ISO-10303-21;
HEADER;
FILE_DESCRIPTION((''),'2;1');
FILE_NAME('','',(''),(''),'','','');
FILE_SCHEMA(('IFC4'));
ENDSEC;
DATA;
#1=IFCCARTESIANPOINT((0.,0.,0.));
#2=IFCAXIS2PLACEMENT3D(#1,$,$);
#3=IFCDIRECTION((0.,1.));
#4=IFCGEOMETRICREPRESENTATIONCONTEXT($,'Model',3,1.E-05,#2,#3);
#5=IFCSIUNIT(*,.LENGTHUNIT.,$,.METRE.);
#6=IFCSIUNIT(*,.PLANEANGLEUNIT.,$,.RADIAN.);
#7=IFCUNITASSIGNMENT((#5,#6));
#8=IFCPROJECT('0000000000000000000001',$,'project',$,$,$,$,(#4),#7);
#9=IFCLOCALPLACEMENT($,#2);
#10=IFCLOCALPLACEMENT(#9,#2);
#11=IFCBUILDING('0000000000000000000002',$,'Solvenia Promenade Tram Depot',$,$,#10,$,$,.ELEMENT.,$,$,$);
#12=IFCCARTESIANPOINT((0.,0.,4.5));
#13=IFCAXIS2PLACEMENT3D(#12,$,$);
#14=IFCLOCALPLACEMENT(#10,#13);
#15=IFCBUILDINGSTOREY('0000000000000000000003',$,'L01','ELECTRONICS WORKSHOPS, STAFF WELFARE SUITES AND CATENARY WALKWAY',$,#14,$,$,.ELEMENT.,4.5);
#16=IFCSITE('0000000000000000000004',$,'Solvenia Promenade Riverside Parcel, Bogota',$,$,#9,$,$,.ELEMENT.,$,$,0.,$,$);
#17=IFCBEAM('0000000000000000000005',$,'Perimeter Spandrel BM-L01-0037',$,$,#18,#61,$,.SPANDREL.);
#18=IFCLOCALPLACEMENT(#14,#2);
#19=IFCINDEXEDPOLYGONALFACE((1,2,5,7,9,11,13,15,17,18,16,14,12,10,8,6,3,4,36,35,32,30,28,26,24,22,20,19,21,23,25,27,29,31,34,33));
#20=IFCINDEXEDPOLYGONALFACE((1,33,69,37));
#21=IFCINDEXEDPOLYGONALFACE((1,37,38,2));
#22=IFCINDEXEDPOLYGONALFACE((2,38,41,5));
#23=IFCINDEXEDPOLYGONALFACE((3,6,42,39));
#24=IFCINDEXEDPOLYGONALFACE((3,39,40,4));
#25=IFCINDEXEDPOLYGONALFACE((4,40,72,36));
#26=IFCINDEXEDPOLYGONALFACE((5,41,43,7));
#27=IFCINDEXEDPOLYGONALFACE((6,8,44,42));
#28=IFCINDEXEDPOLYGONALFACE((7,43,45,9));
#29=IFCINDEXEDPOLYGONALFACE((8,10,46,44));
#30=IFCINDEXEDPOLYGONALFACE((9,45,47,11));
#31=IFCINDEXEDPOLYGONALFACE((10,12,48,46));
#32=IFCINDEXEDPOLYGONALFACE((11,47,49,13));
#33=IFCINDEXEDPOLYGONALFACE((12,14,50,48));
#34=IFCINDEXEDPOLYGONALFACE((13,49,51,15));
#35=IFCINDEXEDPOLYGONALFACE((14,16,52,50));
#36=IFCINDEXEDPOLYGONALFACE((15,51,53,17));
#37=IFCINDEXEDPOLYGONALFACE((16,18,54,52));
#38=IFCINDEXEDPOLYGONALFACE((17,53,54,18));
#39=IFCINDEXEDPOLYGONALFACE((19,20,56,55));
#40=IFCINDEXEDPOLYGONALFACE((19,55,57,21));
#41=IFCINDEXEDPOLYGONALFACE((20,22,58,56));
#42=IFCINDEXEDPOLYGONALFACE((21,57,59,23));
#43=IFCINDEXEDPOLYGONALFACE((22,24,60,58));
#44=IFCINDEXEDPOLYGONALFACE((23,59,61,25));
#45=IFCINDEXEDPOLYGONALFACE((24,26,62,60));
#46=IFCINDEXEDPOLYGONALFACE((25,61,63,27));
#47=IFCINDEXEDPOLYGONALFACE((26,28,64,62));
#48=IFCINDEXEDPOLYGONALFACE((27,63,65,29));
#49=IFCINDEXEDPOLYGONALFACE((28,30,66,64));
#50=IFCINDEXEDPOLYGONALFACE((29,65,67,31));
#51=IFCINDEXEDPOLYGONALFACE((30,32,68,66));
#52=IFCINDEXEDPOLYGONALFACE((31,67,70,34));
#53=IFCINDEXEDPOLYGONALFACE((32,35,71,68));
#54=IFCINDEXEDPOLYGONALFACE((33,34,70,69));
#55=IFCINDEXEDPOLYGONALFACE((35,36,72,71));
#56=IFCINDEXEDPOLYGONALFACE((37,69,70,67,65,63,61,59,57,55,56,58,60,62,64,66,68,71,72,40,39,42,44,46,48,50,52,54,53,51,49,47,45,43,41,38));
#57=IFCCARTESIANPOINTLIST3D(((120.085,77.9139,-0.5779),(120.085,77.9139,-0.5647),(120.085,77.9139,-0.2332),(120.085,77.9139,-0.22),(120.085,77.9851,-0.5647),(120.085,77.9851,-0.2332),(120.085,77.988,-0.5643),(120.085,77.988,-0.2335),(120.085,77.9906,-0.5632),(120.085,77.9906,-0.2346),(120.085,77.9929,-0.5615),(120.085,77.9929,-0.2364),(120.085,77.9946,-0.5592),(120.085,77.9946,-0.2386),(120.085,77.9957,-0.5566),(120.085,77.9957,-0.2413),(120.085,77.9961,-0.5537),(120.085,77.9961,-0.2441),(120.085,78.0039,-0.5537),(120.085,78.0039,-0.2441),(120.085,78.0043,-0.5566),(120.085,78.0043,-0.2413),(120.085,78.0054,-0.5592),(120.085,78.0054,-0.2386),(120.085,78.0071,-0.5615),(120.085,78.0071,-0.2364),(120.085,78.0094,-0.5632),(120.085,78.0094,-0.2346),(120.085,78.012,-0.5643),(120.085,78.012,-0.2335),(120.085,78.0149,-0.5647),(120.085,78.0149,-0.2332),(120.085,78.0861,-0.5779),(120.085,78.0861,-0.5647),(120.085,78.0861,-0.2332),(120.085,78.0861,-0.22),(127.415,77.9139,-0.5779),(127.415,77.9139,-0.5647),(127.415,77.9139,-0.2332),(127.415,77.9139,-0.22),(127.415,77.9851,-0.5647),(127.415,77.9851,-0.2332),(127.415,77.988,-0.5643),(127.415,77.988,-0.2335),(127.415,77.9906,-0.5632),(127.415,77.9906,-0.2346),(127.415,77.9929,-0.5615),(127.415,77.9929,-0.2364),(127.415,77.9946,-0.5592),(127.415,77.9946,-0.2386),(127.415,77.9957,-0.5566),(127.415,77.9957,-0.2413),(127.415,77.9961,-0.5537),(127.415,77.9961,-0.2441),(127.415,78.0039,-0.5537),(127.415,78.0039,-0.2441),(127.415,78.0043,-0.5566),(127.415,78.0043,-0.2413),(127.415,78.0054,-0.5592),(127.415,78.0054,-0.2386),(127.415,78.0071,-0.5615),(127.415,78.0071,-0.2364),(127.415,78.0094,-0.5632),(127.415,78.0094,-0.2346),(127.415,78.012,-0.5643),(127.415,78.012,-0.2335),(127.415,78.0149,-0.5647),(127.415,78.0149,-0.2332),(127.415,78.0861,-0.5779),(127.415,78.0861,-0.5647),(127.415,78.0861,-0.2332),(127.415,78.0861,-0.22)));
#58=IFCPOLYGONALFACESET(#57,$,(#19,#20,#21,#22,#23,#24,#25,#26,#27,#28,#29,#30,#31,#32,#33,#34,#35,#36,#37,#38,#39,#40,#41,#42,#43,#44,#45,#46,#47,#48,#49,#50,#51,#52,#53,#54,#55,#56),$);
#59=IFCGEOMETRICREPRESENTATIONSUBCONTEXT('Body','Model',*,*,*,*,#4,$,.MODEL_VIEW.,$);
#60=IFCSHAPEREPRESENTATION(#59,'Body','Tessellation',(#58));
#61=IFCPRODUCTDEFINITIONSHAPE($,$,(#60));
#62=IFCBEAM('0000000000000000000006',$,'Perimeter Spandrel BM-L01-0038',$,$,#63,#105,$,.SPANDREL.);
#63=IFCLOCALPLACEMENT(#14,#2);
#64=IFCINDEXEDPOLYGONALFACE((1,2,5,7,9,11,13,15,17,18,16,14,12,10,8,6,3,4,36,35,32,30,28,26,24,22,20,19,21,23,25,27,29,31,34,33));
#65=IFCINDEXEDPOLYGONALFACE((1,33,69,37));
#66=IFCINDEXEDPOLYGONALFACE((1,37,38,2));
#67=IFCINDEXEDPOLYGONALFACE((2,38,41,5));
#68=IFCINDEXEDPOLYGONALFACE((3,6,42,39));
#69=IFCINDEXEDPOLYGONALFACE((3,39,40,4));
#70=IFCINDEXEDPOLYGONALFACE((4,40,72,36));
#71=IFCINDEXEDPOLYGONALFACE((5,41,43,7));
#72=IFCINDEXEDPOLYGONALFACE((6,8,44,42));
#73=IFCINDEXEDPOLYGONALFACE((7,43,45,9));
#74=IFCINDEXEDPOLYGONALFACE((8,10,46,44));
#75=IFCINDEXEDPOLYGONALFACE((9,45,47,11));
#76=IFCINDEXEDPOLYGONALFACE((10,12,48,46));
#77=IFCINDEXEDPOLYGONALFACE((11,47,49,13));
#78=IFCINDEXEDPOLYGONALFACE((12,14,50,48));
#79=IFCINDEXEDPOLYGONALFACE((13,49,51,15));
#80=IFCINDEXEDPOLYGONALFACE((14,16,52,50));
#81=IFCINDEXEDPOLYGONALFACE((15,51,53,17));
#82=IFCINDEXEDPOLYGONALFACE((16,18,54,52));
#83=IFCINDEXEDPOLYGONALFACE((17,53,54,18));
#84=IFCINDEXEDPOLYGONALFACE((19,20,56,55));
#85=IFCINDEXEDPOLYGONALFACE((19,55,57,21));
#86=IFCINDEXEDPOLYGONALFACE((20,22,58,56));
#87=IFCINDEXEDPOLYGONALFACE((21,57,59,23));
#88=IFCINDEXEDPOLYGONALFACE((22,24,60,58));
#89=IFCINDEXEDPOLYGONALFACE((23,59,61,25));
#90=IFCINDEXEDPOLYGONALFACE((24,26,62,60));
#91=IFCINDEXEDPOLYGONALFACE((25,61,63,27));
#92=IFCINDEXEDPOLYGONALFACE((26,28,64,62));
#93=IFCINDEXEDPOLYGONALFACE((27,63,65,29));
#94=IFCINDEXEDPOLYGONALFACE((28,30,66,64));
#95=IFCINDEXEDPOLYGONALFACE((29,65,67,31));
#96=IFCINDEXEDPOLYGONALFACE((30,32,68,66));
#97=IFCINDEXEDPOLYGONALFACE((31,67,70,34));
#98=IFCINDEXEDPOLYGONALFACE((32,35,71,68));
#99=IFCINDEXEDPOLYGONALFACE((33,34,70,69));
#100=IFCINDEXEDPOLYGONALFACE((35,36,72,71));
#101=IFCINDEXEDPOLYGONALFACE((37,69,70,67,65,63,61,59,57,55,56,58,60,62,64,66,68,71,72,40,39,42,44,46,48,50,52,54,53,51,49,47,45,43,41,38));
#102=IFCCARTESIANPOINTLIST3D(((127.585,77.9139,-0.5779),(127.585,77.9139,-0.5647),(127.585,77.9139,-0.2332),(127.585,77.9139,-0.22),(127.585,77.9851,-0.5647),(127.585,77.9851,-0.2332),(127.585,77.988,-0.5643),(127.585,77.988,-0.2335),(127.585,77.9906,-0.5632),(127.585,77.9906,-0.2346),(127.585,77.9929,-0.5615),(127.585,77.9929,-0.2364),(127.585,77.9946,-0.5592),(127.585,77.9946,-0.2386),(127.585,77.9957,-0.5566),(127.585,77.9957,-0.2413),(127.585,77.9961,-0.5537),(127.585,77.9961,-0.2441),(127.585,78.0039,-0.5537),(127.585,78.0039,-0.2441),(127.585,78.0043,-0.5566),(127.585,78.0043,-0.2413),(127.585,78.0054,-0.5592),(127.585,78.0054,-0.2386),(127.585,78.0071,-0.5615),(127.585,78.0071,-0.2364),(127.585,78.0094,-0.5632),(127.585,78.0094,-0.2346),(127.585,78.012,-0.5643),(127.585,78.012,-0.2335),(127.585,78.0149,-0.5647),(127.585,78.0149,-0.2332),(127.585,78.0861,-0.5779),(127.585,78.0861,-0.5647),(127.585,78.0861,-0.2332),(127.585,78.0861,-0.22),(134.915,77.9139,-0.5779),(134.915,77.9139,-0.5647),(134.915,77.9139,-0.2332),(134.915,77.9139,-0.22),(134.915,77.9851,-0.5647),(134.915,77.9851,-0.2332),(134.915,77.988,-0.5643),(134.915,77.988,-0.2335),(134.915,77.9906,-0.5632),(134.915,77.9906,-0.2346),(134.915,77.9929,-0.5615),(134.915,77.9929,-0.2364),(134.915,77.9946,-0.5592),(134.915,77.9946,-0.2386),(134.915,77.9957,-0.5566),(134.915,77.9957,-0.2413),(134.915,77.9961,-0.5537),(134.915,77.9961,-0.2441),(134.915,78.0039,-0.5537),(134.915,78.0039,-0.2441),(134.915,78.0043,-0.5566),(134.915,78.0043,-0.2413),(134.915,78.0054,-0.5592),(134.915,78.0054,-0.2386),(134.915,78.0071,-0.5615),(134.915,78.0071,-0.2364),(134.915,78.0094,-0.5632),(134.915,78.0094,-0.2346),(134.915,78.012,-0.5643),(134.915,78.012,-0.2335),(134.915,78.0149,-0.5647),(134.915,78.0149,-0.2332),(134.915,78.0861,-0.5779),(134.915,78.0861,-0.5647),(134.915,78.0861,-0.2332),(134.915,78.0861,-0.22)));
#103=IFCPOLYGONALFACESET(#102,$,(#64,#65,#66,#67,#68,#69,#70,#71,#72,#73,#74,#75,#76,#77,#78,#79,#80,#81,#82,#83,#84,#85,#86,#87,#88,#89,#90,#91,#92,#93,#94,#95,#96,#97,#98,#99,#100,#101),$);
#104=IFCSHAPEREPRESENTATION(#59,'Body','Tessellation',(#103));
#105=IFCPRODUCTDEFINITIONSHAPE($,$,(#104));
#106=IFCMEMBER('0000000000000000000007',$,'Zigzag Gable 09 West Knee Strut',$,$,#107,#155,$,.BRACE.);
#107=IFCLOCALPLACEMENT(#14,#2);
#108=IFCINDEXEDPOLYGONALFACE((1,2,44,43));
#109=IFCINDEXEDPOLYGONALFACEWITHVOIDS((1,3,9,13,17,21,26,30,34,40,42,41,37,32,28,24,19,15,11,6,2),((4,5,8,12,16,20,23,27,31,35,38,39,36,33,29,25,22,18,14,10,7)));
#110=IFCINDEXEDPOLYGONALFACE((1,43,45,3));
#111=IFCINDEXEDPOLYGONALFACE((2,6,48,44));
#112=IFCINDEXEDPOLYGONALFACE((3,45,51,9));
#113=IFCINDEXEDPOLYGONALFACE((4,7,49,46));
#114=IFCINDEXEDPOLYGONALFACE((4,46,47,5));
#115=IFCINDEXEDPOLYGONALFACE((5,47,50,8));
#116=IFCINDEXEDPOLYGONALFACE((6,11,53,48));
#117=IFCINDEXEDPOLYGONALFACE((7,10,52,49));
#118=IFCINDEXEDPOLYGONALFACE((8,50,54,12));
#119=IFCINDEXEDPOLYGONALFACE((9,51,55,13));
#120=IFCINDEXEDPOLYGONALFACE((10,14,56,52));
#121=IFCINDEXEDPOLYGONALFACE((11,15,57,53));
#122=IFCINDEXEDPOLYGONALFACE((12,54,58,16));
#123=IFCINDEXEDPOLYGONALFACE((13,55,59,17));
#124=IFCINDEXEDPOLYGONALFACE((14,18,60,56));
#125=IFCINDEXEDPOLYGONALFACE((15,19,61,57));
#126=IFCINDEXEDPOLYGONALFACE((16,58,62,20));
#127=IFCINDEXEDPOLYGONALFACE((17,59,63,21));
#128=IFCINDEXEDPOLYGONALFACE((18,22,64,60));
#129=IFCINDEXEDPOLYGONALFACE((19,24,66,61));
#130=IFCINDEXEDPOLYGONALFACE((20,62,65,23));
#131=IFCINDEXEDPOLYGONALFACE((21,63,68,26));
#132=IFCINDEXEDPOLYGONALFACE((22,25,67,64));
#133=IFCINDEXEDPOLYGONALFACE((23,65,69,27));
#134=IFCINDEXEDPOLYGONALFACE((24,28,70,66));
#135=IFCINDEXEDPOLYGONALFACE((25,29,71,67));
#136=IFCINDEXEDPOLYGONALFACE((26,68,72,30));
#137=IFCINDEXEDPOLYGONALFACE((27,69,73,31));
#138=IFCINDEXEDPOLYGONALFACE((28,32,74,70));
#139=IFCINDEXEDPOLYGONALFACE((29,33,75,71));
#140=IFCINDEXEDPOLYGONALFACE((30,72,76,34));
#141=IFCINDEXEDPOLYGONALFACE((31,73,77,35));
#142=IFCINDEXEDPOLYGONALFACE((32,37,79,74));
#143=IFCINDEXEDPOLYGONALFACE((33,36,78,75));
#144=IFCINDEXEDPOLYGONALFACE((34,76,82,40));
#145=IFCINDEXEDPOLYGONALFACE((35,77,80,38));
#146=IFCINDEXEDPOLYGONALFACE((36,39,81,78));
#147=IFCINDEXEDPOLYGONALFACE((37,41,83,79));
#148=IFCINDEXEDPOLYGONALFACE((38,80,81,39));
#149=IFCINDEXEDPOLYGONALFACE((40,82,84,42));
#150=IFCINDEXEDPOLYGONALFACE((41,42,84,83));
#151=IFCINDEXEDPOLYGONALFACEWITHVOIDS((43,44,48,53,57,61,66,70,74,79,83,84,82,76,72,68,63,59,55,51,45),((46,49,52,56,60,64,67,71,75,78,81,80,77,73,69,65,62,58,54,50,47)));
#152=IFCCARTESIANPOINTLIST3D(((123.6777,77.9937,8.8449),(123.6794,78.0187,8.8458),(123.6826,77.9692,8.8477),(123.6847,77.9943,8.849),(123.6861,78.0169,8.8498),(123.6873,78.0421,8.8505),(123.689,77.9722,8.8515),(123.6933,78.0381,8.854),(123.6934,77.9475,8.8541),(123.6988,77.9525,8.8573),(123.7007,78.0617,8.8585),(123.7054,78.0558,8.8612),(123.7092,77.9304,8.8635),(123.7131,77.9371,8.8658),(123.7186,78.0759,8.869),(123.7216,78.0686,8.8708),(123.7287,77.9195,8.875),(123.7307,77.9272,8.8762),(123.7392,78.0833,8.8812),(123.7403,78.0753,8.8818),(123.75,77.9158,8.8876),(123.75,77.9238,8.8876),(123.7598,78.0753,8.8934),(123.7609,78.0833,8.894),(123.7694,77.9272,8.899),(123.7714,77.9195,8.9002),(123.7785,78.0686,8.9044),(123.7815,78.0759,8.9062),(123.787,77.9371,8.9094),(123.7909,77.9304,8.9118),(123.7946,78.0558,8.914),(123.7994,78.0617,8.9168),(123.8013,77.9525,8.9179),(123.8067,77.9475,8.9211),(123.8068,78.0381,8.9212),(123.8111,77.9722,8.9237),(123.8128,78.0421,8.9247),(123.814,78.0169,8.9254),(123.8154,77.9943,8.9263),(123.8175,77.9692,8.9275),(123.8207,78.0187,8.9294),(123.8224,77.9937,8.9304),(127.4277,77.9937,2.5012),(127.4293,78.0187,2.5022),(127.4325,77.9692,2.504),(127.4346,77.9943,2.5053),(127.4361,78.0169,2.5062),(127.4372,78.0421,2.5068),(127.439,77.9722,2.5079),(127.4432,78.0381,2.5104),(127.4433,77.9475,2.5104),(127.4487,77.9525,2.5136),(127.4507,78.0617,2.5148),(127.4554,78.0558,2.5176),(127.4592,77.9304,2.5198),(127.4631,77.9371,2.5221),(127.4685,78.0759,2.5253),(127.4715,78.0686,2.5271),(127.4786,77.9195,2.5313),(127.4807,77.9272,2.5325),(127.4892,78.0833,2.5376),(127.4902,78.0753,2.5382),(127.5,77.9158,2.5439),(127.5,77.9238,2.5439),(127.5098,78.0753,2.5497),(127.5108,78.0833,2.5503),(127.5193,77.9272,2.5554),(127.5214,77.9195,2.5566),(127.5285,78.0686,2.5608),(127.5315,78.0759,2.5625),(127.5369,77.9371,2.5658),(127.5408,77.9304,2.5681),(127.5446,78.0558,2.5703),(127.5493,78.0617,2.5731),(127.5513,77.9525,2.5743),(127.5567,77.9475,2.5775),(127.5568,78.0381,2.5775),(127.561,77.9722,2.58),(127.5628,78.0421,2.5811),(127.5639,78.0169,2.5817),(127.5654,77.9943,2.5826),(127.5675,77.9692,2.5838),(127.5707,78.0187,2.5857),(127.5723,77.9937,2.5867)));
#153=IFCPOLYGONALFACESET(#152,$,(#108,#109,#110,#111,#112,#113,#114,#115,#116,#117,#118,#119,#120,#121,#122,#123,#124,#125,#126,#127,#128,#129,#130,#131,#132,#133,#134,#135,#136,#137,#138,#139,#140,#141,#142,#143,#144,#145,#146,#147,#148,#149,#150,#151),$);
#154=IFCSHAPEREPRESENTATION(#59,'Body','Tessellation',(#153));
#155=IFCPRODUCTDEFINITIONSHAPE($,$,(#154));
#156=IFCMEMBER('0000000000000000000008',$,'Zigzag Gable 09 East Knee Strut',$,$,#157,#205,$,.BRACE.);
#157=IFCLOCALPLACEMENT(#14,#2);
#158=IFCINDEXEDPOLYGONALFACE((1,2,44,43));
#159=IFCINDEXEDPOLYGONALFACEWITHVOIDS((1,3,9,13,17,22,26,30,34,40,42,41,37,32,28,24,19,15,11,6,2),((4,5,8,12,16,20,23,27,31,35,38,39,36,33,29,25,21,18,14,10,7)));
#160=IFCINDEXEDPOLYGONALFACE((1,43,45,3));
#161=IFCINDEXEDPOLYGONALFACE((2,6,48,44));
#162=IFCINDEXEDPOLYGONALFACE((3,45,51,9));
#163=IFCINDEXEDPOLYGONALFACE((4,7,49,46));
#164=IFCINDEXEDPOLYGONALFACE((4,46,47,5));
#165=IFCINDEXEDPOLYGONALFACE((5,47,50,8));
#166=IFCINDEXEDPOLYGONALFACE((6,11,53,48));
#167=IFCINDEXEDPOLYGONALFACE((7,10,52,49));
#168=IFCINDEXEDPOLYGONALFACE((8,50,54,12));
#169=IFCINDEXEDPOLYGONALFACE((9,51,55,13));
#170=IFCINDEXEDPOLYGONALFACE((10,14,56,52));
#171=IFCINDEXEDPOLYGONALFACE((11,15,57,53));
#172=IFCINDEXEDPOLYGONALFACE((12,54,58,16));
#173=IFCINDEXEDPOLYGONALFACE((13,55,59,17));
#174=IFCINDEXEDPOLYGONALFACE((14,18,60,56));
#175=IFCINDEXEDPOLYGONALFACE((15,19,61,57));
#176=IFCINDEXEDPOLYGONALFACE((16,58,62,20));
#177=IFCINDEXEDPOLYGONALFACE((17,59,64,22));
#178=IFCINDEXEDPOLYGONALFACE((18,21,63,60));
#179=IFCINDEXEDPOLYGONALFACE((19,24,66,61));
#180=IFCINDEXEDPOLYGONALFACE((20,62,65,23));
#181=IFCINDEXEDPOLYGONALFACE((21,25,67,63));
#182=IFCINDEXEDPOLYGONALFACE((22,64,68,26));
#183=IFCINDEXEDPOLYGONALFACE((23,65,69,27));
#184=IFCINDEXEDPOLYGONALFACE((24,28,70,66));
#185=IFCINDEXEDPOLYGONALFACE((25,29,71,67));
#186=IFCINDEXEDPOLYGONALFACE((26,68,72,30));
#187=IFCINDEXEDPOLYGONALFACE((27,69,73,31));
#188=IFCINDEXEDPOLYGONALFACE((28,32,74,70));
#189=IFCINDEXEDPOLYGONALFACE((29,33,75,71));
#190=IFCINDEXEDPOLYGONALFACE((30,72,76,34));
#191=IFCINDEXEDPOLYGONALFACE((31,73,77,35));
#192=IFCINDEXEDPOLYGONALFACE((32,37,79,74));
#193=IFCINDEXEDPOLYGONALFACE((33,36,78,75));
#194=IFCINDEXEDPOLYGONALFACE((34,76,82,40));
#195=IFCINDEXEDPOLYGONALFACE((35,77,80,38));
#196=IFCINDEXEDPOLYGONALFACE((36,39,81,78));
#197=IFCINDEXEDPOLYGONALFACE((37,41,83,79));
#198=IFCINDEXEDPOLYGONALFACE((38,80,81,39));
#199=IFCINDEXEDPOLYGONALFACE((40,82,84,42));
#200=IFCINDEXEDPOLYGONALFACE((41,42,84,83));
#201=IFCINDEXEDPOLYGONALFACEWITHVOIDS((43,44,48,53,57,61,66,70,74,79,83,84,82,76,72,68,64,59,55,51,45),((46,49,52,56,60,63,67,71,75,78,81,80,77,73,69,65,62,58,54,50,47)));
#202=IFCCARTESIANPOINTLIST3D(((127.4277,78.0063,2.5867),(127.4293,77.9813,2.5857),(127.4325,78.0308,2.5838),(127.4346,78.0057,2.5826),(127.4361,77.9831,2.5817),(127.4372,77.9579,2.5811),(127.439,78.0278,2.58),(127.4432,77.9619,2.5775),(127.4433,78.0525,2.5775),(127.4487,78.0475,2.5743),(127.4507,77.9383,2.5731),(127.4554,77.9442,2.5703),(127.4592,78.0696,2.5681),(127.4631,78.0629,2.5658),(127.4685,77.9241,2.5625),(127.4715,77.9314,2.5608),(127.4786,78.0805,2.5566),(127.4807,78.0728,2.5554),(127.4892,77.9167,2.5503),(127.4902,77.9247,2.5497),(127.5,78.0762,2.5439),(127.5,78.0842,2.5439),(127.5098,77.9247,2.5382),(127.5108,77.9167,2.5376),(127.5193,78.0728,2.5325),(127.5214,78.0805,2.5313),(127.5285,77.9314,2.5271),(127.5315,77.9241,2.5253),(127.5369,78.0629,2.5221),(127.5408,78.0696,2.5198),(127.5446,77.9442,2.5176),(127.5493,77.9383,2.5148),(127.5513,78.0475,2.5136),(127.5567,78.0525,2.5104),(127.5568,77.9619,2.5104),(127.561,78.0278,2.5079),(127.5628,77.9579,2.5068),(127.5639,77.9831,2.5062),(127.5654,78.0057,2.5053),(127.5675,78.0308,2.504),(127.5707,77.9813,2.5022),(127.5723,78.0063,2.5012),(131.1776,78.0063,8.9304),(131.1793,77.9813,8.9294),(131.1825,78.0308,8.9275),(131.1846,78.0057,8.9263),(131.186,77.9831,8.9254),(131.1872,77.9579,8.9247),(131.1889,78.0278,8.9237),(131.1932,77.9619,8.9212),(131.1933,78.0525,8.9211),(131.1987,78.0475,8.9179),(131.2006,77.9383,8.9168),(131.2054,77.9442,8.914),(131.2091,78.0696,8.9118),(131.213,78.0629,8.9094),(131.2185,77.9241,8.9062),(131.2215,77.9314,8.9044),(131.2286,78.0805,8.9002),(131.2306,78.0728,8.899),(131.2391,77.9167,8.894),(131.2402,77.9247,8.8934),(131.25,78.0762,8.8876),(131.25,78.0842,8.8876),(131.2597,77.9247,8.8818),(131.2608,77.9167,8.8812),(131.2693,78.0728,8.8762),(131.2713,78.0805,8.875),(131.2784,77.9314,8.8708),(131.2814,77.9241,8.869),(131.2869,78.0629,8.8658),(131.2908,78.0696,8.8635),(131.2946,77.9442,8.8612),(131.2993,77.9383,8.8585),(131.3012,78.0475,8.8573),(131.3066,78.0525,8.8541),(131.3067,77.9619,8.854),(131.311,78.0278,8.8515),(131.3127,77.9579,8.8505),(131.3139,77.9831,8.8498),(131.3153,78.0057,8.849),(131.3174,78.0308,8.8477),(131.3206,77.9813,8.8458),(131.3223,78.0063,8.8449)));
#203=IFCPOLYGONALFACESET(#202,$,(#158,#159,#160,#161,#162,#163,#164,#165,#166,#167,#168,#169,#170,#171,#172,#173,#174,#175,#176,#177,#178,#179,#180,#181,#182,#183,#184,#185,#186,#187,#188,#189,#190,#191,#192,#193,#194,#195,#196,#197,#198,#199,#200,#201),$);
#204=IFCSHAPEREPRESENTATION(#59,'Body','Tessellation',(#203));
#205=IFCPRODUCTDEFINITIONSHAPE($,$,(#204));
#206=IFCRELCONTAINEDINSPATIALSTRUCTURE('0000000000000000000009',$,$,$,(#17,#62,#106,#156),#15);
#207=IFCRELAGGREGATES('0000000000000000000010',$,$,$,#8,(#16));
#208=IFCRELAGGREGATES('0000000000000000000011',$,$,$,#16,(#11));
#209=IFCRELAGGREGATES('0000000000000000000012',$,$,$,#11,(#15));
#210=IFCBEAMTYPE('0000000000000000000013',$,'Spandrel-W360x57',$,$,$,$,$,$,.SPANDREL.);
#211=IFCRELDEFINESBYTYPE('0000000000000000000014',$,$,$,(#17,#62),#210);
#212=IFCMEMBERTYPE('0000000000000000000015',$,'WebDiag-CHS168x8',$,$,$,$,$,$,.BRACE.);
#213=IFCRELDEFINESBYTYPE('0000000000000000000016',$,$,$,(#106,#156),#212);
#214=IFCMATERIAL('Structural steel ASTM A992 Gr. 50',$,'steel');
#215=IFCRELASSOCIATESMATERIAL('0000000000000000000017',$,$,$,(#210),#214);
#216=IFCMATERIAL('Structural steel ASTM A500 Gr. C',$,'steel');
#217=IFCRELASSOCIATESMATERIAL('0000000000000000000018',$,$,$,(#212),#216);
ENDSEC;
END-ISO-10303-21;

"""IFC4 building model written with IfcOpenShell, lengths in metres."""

from ifc_helpers import new_model, si_unit, direction, frame, origin, origin_2d, place, context, subcontext, project, spatial, hollow_circle, i_section, extrude, material, material_profile, profile_set, type_object, element, save


model = new_model("IFC4")

# Units and contexts
model_context = context("Model", 3, precision=1e-05, world=origin(), true_north=direction((0.0, 1.0)))
body_context = subcontext(model_context, "Body", "Model", "MODEL_VIEW")
ifc_project = project(units=[si_unit("LENGTHUNIT", "METRE"), si_unit("PLANEANGLEUNIT", "RADIAN")], contexts=[model_context])

# Site, building, storey
site_placement = place(None, origin())
site = spatial("IfcSite", under=ifc_project, at=site_placement, Name="Solvenia Promenade Riverside Parcel, Bogota", CompositionType="ELEMENT", RefElevation=0.0)
building_placement = place(site_placement, origin())
building = spatial("IfcBuilding", under=site, at=building_placement, Name="Solvenia Promenade Tram Depot", CompositionType="ELEMENT")
storey_placement = place(building_placement, frame((0.0, 0.0, 4.5)))
storey = spatial("IfcBuildingStorey", under=building, at=storey_placement, Name="L01", Description="ELECTRONICS WORKSHOPS, STAFF WELFARE SUITES AND CATENARY WALKWAY", CompositionType="ELEMENT", Elevation=4.5)

# Shared definitions
ifc_material_1 = material(Name="Structural steel ASTM A500 Gr. C", Category="steel")

# Beams
ifc_material_2 = material(Name="Structural steel ASTM A992 Gr. 50", Category="steel")
ifc_material_profile_1 = material_profile(ifc_material_2, i_section(OverallWidth=0.1721, OverallDepth=0.3579, WebThickness=0.0078, FlangeThickness=0.0132, FilletRadius=0.011, at=origin_2d()), Name="W360x57", Category="steel")
ifc_profile_set_1 = profile_set([ifc_material_profile_1], Name="Structural steel ASTM A992 Gr. 50")
beam_type_1 = type_object("IfcBeamType", Name="Spandrel-W360x57", PredefinedType="SPANDREL", material=ifc_profile_set_1)
for number, where, z_axis, x_axis, name in (
    (1, (120.085, 78.0, -0.3989), (1.0, 0.0, 0.0), (0.0, 1.0, 0.0), "Perimeter Spandrel BM-L01-0037"),
    (2, (127.585, 78.0, -0.3989), (1.0, 0.0, 0.0), (0.0, 1.0, 0.0), "Perimeter Spandrel BM-L01-0038"),
):
    element("IfcBeam", number, at=place(storey_placement, frame(where, z_axis=z_axis, x_axis=x_axis)), inside=storey, type_object=beam_type_1, Name=name, PredefinedType="SPANDREL", context=body_context, shape_type="SweptSolid", body=[
        extrude(i_section(OverallWidth=0.1721, OverallDepth=0.3579, WebThickness=0.0078, FlangeThickness=0.0132, FilletRadius=0.011, at=origin_2d()), origin(), (0.0, 0.0, 1.0), 7.3301),
    ])

# Members
ifc_material_profile_2 = material_profile(ifc_material_1, hollow_circle(Radius=0.0842, WallThickness=0.0081, at=origin_2d()), Name="CHS168.3x8", Category="steel")
ifc_profile_set_2 = profile_set([ifc_material_profile_2], Name="Structural steel ASTM A500 Gr. C")
member_type_1 = type_object("IfcMemberType", Name="WebDiag-CHS168x8", PredefinedType="BRACE", material=ifc_profile_set_2)
for number, where, z_axis, x_axis, name in (
    (3, (127.5, 78.0, 2.5439), (-0.508872, 0.0, 0.860842), (0.0, -1.0, 0.0), "Zigzag Gable 09 West Knee Strut"),
    (4, (127.5, 78.0, 2.5439), (0.508872, 0.0, 0.860842), (0.0, 1.0, 0.0), "Zigzag Gable 09 East Knee Strut"),
):
    element("IfcMember", number, at=place(storey_placement, frame(where, z_axis=z_axis, x_axis=x_axis)), inside=storey, type_object=member_type_1, Name=name, PredefinedType="BRACE", context=body_context, shape_type="SweptSolid", body=[
        extrude(hollow_circle(Radius=0.0842, WallThickness=0.0081, at=origin_2d()), origin(), (0.0, 0.0, 1.0), 7.3691),
    ])

save(model, "model.ifc")
